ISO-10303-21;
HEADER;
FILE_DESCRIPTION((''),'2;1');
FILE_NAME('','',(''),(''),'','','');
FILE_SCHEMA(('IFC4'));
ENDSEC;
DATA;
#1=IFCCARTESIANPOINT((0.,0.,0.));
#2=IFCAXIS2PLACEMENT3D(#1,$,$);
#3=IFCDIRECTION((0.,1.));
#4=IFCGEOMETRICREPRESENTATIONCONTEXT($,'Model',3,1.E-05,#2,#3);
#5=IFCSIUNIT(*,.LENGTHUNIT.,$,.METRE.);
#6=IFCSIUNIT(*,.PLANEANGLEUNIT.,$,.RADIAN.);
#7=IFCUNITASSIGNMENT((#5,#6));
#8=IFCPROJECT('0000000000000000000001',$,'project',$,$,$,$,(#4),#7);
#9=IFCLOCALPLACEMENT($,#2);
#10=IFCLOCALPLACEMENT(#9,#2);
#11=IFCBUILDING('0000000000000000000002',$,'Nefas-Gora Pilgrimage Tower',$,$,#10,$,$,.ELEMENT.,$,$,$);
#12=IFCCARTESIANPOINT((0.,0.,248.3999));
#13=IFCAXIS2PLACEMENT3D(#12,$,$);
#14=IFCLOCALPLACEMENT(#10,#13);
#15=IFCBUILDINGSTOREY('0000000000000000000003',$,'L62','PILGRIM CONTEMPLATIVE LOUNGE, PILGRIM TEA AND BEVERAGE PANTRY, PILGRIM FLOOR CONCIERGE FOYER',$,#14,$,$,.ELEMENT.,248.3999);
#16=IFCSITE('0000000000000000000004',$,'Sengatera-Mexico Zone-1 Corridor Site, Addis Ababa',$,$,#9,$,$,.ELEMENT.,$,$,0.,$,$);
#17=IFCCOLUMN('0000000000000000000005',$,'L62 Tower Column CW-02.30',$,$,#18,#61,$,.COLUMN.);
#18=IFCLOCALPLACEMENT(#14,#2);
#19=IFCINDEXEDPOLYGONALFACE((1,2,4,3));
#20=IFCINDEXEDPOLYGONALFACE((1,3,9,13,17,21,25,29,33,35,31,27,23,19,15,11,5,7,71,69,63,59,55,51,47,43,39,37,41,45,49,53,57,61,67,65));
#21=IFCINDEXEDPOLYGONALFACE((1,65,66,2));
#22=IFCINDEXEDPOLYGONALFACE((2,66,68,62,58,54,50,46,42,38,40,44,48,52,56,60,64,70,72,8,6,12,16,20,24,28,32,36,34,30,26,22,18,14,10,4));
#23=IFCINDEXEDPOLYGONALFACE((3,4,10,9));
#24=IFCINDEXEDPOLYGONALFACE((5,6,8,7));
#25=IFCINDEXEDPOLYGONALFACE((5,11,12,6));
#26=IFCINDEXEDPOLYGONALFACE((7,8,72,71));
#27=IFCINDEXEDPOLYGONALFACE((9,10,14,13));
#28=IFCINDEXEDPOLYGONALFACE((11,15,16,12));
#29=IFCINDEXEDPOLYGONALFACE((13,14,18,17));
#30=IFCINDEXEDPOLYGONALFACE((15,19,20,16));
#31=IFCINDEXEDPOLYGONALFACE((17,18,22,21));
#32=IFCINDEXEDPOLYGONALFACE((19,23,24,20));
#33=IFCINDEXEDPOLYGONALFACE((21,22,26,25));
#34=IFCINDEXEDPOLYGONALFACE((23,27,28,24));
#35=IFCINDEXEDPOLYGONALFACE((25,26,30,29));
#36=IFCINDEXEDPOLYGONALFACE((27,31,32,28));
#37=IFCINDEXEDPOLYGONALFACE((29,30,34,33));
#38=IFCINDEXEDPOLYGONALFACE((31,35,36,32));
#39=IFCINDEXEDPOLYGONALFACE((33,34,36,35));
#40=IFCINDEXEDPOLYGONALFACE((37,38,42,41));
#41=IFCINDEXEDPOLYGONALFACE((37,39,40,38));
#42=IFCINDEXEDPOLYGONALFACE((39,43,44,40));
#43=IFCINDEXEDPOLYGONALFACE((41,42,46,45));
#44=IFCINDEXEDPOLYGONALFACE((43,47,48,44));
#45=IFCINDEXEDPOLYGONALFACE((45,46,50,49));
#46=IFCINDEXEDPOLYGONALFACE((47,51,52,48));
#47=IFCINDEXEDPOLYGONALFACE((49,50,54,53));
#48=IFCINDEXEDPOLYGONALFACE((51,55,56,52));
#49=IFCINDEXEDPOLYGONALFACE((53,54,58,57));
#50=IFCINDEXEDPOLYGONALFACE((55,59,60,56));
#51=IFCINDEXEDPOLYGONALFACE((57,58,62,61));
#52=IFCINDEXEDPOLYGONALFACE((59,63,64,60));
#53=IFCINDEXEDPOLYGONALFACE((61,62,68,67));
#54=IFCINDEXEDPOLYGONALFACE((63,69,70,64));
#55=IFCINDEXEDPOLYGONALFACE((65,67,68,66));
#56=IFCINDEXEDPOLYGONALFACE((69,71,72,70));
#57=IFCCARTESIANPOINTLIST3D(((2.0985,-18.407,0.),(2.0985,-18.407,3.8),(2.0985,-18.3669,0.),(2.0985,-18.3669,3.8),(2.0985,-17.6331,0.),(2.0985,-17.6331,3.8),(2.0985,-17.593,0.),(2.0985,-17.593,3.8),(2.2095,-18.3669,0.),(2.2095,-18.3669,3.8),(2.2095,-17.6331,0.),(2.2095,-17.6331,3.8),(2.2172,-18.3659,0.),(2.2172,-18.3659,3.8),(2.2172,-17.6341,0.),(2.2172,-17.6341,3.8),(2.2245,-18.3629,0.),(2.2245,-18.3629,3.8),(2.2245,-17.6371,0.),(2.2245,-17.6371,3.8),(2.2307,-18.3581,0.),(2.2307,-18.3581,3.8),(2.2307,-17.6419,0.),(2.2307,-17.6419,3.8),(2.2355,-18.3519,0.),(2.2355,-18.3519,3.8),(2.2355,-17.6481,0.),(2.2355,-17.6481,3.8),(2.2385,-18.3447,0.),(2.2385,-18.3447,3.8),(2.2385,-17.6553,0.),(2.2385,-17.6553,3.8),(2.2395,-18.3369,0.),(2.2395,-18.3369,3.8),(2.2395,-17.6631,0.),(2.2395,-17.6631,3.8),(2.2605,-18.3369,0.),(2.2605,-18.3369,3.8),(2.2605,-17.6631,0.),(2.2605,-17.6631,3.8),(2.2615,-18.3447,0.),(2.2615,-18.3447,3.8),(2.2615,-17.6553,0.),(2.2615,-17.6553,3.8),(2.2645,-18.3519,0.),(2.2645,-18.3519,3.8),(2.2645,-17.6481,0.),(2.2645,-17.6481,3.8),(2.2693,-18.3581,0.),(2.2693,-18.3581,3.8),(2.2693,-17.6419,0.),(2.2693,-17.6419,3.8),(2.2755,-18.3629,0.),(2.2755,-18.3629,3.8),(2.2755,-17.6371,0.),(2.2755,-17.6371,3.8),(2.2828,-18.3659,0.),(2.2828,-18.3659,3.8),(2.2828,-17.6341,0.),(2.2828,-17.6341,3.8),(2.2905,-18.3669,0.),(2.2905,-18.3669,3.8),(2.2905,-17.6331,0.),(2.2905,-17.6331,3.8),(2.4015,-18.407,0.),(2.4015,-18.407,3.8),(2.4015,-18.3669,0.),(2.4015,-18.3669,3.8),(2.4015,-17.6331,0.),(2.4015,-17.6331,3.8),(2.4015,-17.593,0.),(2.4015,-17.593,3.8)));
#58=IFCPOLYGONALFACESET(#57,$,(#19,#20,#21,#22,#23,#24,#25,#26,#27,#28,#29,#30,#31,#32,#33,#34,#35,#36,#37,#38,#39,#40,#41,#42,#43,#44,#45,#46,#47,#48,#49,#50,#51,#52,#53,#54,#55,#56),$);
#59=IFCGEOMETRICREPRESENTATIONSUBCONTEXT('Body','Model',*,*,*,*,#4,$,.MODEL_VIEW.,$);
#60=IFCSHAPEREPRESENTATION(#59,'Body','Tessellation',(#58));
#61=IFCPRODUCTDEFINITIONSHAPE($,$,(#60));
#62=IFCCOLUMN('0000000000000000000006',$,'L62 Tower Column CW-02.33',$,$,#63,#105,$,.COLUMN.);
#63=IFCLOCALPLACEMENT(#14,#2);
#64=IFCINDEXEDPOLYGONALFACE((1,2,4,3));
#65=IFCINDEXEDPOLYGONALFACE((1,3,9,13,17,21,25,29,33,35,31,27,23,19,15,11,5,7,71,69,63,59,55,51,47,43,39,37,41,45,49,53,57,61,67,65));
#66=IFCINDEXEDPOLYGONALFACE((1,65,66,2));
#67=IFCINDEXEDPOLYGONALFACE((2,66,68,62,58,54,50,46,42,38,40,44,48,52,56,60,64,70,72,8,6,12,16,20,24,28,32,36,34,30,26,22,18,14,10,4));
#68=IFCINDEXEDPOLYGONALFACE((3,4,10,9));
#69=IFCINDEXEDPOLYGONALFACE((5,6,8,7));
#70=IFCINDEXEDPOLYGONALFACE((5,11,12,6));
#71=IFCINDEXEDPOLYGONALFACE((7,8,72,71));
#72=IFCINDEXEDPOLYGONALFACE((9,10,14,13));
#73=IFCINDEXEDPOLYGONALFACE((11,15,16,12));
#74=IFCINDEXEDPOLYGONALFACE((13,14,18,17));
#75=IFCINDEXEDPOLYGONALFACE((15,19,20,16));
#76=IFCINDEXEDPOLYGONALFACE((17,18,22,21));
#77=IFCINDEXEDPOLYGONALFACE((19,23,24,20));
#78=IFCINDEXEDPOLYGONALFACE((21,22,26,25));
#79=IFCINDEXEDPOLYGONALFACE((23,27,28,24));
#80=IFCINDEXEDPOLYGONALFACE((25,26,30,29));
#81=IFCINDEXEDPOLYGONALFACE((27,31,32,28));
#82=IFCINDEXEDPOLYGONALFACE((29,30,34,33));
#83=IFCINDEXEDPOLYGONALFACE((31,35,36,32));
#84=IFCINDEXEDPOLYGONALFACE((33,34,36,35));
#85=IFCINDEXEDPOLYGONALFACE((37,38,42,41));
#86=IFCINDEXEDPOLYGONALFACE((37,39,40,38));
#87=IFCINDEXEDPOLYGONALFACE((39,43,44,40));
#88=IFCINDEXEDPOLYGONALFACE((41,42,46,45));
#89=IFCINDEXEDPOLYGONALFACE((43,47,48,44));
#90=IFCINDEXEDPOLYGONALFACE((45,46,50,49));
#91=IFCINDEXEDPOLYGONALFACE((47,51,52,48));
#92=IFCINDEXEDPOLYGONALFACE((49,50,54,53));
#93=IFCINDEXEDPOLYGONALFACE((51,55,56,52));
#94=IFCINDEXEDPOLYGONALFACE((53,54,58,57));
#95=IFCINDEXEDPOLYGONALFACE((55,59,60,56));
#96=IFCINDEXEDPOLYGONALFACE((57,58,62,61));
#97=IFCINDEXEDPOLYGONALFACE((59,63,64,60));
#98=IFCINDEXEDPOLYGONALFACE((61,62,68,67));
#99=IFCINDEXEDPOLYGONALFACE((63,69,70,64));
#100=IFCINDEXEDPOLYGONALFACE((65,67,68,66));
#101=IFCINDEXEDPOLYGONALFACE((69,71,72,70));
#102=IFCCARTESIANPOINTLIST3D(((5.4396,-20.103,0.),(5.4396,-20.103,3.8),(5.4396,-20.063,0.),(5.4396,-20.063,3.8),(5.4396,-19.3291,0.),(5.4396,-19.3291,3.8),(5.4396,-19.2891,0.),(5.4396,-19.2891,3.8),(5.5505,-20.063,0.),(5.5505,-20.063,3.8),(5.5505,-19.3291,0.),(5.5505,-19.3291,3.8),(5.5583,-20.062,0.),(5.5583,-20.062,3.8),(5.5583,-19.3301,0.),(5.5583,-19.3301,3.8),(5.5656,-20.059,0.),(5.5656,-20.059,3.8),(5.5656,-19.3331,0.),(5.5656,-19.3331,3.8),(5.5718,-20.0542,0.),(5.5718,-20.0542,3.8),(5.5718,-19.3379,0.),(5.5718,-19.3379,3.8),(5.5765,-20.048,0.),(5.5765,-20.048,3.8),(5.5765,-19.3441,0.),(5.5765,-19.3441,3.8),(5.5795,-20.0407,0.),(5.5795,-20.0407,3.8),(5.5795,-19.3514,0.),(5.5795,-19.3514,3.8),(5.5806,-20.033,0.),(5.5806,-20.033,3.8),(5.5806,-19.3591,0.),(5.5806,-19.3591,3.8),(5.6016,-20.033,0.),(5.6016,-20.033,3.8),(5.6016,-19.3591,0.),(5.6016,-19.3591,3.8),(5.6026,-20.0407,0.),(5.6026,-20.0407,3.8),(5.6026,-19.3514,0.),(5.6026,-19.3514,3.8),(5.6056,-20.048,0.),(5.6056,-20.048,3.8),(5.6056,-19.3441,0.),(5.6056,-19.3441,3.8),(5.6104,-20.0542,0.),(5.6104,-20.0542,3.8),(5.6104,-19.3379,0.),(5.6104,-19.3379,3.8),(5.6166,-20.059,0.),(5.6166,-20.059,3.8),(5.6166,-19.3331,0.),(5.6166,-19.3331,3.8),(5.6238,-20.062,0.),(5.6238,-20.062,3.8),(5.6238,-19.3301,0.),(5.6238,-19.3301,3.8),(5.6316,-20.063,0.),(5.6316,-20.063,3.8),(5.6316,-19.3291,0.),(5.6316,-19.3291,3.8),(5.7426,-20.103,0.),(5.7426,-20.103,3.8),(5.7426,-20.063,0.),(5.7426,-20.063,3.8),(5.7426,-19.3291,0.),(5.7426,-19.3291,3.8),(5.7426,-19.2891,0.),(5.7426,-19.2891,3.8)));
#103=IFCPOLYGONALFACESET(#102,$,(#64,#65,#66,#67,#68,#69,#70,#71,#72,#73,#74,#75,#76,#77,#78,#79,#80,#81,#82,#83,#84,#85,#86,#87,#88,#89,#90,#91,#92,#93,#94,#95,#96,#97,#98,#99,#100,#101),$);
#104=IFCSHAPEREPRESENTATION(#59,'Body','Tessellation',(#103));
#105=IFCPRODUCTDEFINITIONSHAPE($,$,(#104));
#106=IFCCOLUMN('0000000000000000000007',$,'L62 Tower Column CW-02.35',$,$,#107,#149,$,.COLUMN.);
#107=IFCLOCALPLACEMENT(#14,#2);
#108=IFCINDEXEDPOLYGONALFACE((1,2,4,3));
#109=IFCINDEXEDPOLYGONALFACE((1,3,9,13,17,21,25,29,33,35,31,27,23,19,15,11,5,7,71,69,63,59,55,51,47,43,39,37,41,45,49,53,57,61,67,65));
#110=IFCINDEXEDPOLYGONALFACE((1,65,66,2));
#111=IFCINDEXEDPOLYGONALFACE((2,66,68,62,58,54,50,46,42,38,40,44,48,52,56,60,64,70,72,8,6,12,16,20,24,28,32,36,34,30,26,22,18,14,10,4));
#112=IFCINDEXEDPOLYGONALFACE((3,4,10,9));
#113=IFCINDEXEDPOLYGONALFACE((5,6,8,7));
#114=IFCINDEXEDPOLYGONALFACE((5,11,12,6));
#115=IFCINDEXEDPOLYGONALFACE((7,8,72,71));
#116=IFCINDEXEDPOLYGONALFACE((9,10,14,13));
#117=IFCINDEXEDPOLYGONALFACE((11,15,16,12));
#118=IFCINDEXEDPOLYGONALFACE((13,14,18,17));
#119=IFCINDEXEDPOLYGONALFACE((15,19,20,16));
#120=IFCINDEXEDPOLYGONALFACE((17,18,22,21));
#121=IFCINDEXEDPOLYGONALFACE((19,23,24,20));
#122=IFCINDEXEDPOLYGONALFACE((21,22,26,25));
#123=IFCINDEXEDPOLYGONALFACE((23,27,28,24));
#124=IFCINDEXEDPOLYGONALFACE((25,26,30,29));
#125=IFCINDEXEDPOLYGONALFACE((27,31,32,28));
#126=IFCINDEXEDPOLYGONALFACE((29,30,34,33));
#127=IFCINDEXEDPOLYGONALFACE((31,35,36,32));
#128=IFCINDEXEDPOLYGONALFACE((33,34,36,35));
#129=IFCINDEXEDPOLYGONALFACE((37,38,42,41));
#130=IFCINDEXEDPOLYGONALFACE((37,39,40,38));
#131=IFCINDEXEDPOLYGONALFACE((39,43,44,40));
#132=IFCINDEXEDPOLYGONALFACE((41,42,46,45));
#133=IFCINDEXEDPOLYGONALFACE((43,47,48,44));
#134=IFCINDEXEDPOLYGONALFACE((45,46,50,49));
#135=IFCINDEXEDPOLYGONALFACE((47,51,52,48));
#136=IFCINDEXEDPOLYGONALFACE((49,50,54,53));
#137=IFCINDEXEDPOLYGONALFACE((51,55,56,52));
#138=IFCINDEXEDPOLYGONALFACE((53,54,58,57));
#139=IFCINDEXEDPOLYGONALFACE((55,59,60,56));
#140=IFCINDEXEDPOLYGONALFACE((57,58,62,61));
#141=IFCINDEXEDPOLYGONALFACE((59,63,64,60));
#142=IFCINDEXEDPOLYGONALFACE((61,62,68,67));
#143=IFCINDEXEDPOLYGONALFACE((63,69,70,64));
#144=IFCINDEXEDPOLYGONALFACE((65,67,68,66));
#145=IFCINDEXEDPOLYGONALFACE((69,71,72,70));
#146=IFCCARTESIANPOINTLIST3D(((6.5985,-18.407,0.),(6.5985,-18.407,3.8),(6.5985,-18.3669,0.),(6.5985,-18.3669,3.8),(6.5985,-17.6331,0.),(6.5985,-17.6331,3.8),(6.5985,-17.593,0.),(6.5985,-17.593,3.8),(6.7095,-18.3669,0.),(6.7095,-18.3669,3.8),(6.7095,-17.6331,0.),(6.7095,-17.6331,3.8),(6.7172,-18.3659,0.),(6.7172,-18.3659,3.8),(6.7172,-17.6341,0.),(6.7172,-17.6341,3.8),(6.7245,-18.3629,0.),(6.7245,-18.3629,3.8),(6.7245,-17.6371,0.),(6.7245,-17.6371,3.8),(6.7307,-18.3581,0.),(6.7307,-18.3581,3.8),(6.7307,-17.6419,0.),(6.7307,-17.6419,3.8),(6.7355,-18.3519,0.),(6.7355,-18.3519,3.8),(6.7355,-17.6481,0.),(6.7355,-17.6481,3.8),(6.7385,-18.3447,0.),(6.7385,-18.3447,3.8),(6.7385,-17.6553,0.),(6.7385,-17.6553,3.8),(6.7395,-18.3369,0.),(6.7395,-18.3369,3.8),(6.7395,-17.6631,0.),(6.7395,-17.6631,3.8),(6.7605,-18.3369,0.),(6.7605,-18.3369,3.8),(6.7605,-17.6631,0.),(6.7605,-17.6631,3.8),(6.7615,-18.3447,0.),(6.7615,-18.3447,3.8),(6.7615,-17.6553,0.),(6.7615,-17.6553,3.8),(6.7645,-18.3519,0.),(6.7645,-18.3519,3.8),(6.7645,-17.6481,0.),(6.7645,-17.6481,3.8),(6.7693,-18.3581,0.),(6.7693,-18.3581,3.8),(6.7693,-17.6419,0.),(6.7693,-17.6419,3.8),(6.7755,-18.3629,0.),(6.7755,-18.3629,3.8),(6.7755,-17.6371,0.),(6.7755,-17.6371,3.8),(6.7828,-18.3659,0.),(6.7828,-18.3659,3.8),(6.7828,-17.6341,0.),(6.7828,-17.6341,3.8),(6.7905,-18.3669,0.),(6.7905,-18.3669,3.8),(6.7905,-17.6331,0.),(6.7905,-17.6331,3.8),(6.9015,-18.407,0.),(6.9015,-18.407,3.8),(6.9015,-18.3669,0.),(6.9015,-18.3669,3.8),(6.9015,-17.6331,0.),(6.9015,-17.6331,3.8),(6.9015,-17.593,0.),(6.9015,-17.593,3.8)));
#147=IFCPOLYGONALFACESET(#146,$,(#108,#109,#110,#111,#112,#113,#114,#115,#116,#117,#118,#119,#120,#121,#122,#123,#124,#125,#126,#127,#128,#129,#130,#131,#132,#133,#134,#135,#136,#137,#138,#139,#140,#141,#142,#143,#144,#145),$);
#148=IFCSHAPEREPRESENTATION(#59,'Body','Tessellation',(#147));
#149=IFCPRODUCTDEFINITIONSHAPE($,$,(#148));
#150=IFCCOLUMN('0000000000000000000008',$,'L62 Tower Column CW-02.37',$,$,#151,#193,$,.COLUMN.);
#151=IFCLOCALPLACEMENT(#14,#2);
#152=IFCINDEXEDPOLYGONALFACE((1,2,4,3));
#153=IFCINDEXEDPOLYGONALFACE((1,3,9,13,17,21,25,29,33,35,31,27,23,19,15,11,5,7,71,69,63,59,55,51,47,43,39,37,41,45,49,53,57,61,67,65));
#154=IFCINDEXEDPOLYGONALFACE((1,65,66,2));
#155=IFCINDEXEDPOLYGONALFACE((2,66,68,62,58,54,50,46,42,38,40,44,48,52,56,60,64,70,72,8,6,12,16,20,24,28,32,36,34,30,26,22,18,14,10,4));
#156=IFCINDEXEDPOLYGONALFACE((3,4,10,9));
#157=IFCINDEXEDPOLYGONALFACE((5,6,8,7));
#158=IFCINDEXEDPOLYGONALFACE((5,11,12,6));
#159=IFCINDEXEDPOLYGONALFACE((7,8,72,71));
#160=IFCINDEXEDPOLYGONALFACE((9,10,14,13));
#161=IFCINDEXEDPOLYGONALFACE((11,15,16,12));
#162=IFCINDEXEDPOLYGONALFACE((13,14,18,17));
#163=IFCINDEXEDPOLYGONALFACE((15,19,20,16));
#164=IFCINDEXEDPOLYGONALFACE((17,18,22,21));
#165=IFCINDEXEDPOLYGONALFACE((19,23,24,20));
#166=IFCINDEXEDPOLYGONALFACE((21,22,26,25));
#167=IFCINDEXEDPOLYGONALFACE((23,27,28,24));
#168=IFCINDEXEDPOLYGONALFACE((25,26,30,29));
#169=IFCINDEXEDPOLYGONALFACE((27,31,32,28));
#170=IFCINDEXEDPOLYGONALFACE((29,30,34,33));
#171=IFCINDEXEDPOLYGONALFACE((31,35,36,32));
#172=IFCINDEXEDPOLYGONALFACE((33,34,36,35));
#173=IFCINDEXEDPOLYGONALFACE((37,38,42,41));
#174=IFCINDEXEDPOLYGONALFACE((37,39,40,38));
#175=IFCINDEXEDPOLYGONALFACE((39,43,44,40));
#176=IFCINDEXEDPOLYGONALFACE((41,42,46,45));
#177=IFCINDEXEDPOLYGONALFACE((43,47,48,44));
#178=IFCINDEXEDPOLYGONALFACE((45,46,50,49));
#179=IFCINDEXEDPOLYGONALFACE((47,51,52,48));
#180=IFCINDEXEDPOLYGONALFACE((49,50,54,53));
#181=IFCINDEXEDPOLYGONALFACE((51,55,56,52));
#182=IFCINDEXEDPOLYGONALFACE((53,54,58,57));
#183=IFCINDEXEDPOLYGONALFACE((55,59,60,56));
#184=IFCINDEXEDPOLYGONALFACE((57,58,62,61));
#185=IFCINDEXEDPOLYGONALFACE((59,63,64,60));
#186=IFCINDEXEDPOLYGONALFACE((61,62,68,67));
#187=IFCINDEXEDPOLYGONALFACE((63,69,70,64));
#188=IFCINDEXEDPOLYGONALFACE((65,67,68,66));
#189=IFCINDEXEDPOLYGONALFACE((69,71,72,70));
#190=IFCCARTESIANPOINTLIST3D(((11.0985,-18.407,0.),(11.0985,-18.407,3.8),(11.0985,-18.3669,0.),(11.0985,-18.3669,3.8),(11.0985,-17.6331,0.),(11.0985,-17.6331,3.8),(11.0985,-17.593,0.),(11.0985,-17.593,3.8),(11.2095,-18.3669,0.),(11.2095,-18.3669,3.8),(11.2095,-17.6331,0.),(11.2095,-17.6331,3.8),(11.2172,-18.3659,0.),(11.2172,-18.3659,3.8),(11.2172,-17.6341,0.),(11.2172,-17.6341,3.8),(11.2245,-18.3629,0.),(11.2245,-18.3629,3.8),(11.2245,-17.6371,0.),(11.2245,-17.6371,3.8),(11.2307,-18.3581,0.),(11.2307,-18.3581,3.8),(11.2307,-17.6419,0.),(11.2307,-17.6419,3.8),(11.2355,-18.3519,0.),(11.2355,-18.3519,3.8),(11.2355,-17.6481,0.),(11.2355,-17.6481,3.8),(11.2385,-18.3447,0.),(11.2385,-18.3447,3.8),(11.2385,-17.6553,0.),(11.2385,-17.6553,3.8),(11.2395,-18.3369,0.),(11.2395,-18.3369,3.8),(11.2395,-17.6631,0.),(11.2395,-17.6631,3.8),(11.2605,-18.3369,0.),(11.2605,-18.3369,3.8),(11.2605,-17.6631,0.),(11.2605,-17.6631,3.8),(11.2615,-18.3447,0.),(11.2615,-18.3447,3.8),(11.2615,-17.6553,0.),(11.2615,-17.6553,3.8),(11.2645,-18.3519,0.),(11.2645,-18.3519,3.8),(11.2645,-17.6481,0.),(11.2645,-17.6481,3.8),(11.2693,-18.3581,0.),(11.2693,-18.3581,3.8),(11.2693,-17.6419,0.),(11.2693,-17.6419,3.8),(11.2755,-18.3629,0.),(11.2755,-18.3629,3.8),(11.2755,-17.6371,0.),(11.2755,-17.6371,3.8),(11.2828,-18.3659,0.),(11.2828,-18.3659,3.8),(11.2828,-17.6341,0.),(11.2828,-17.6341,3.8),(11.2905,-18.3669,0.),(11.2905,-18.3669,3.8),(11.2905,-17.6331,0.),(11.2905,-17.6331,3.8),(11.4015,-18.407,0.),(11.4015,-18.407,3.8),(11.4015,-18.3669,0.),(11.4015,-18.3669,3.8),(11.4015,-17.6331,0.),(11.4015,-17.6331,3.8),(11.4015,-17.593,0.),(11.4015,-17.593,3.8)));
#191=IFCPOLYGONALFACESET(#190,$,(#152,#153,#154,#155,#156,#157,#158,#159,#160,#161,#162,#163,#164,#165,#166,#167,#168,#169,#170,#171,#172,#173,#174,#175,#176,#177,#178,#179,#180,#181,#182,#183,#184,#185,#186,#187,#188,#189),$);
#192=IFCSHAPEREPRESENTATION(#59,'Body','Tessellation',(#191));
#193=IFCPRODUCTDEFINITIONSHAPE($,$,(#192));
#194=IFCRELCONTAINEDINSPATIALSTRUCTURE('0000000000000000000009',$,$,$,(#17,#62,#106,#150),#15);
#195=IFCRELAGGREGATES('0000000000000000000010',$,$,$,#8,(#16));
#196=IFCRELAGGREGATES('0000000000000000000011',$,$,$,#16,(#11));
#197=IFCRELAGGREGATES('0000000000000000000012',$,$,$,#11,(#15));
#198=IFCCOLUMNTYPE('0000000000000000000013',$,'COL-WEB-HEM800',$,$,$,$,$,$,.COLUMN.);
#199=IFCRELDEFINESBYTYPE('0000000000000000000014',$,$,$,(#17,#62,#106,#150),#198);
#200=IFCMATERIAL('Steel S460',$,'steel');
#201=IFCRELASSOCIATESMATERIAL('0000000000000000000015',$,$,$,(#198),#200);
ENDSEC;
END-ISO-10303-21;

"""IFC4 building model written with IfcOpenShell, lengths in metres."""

from ifc_helpers import new_model, si_unit, direction, frame, origin, origin_2d, place, context, subcontext, project, spatial, i_section, extrude, source, transform, mapped, material, material_profile, profile_set, type_object, element, save


model = new_model("IFC4")

# Units and contexts
model_context = context("Model", 3, precision=1e-05, world=origin(), true_north=direction((0.0, 1.0)))
body_context = subcontext(model_context, "Body", "Model", "MODEL_VIEW")
ifc_project = project(units=[si_unit("LENGTHUNIT", "METRE"), si_unit("PLANEANGLEUNIT", "RADIAN")], contexts=[model_context])

# Site, building, storey
site_placement = place(None, origin())
site = spatial("IfcSite", under=ifc_project, at=site_placement, Name="Sengatera-Mexico Zone-1 Corridor Site, Addis Ababa", CompositionType="ELEMENT", RefElevation=0.0)
building_placement = place(site_placement, origin())
building = spatial("IfcBuilding", under=site, at=building_placement, Name="Nefas-Gora Pilgrimage Tower", CompositionType="ELEMENT")
storey_placement = place(building_placement, frame((0.0, 0.0, 248.3999)))
storey = spatial("IfcBuildingStorey", under=building, at=storey_placement, Name="L62", Description="PILGRIM CONTEMPLATIVE LOUNGE, PILGRIM TEA AND BEVERAGE PANTRY, PILGRIM FLOOR CONCIERGE FOYER", CompositionType="ELEMENT", Elevation=248.3999)

# Columns
ifc_material_1 = material(Name="Steel S460", Category="steel")
ifc_material_profile_1 = material_profile(ifc_material_1, i_section(OverallWidth=0.303, OverallDepth=0.814, WebThickness=0.021, FlangeThickness=0.04, FilletRadius=0.03, at=origin_2d()), Name="HEM 800")
ifc_profile_set_1 = profile_set([ifc_material_profile_1], Name="Steel S460")
column_type_1 = type_object("IfcColumnType", Name="COL-WEB-HEM800", PredefinedType="COLUMN", material=ifc_profile_set_1)
shared_shape_1 = source(origin(), body_context, "Body", "SweptSolid", [
    extrude(i_section(OverallWidth=0.303, OverallDepth=0.814, WebThickness=0.021, FlangeThickness=0.04, FilletRadius=0.03, at=origin_2d()), origin(), (0.0, 0.0, 1.0), 3.8),
])
for number, where, z_axis, x_axis, name in (
    (1, (2.25, -18.0, 0.0), (0.0, 0.0, 1.0), (1.0, 0.0, 0.0), "L62 Tower Column CW-02.30"),
    (2, (5.5911, -19.696, 0.0), (0.0, 0.0, 1.0), (1.0, 0.0, 0.0), "L62 Tower Column CW-02.33"),
    (3, (6.75, -18.0, 0.0), (0.0, 0.0, 1.0), (1.0, 0.0, 0.0), "L62 Tower Column CW-02.35"),
    (4, (11.25, -18.0, 0.0), (0.0, 0.0, 1.0), (1.0, 0.0, 0.0), "L62 Tower Column CW-02.37"),
):
    element("IfcColumn", number, at=place(storey_placement, frame(where, z_axis=z_axis, x_axis=x_axis)), inside=storey, type_object=column_type_1, Name=name, PredefinedType="COLUMN", context=body_context, shape_type="MappedRepresentation", body=[
        mapped(shared_shape_1, transform((0.0, 0.0, 0.0), x_axis=(1.0, 0.0, 0.0), y_axis=(0.0, 1.0, 0.0), z_axis=(0.0, 0.0, 1.0), scale=1.0)),
    ])

save(model, "model.ifc")
